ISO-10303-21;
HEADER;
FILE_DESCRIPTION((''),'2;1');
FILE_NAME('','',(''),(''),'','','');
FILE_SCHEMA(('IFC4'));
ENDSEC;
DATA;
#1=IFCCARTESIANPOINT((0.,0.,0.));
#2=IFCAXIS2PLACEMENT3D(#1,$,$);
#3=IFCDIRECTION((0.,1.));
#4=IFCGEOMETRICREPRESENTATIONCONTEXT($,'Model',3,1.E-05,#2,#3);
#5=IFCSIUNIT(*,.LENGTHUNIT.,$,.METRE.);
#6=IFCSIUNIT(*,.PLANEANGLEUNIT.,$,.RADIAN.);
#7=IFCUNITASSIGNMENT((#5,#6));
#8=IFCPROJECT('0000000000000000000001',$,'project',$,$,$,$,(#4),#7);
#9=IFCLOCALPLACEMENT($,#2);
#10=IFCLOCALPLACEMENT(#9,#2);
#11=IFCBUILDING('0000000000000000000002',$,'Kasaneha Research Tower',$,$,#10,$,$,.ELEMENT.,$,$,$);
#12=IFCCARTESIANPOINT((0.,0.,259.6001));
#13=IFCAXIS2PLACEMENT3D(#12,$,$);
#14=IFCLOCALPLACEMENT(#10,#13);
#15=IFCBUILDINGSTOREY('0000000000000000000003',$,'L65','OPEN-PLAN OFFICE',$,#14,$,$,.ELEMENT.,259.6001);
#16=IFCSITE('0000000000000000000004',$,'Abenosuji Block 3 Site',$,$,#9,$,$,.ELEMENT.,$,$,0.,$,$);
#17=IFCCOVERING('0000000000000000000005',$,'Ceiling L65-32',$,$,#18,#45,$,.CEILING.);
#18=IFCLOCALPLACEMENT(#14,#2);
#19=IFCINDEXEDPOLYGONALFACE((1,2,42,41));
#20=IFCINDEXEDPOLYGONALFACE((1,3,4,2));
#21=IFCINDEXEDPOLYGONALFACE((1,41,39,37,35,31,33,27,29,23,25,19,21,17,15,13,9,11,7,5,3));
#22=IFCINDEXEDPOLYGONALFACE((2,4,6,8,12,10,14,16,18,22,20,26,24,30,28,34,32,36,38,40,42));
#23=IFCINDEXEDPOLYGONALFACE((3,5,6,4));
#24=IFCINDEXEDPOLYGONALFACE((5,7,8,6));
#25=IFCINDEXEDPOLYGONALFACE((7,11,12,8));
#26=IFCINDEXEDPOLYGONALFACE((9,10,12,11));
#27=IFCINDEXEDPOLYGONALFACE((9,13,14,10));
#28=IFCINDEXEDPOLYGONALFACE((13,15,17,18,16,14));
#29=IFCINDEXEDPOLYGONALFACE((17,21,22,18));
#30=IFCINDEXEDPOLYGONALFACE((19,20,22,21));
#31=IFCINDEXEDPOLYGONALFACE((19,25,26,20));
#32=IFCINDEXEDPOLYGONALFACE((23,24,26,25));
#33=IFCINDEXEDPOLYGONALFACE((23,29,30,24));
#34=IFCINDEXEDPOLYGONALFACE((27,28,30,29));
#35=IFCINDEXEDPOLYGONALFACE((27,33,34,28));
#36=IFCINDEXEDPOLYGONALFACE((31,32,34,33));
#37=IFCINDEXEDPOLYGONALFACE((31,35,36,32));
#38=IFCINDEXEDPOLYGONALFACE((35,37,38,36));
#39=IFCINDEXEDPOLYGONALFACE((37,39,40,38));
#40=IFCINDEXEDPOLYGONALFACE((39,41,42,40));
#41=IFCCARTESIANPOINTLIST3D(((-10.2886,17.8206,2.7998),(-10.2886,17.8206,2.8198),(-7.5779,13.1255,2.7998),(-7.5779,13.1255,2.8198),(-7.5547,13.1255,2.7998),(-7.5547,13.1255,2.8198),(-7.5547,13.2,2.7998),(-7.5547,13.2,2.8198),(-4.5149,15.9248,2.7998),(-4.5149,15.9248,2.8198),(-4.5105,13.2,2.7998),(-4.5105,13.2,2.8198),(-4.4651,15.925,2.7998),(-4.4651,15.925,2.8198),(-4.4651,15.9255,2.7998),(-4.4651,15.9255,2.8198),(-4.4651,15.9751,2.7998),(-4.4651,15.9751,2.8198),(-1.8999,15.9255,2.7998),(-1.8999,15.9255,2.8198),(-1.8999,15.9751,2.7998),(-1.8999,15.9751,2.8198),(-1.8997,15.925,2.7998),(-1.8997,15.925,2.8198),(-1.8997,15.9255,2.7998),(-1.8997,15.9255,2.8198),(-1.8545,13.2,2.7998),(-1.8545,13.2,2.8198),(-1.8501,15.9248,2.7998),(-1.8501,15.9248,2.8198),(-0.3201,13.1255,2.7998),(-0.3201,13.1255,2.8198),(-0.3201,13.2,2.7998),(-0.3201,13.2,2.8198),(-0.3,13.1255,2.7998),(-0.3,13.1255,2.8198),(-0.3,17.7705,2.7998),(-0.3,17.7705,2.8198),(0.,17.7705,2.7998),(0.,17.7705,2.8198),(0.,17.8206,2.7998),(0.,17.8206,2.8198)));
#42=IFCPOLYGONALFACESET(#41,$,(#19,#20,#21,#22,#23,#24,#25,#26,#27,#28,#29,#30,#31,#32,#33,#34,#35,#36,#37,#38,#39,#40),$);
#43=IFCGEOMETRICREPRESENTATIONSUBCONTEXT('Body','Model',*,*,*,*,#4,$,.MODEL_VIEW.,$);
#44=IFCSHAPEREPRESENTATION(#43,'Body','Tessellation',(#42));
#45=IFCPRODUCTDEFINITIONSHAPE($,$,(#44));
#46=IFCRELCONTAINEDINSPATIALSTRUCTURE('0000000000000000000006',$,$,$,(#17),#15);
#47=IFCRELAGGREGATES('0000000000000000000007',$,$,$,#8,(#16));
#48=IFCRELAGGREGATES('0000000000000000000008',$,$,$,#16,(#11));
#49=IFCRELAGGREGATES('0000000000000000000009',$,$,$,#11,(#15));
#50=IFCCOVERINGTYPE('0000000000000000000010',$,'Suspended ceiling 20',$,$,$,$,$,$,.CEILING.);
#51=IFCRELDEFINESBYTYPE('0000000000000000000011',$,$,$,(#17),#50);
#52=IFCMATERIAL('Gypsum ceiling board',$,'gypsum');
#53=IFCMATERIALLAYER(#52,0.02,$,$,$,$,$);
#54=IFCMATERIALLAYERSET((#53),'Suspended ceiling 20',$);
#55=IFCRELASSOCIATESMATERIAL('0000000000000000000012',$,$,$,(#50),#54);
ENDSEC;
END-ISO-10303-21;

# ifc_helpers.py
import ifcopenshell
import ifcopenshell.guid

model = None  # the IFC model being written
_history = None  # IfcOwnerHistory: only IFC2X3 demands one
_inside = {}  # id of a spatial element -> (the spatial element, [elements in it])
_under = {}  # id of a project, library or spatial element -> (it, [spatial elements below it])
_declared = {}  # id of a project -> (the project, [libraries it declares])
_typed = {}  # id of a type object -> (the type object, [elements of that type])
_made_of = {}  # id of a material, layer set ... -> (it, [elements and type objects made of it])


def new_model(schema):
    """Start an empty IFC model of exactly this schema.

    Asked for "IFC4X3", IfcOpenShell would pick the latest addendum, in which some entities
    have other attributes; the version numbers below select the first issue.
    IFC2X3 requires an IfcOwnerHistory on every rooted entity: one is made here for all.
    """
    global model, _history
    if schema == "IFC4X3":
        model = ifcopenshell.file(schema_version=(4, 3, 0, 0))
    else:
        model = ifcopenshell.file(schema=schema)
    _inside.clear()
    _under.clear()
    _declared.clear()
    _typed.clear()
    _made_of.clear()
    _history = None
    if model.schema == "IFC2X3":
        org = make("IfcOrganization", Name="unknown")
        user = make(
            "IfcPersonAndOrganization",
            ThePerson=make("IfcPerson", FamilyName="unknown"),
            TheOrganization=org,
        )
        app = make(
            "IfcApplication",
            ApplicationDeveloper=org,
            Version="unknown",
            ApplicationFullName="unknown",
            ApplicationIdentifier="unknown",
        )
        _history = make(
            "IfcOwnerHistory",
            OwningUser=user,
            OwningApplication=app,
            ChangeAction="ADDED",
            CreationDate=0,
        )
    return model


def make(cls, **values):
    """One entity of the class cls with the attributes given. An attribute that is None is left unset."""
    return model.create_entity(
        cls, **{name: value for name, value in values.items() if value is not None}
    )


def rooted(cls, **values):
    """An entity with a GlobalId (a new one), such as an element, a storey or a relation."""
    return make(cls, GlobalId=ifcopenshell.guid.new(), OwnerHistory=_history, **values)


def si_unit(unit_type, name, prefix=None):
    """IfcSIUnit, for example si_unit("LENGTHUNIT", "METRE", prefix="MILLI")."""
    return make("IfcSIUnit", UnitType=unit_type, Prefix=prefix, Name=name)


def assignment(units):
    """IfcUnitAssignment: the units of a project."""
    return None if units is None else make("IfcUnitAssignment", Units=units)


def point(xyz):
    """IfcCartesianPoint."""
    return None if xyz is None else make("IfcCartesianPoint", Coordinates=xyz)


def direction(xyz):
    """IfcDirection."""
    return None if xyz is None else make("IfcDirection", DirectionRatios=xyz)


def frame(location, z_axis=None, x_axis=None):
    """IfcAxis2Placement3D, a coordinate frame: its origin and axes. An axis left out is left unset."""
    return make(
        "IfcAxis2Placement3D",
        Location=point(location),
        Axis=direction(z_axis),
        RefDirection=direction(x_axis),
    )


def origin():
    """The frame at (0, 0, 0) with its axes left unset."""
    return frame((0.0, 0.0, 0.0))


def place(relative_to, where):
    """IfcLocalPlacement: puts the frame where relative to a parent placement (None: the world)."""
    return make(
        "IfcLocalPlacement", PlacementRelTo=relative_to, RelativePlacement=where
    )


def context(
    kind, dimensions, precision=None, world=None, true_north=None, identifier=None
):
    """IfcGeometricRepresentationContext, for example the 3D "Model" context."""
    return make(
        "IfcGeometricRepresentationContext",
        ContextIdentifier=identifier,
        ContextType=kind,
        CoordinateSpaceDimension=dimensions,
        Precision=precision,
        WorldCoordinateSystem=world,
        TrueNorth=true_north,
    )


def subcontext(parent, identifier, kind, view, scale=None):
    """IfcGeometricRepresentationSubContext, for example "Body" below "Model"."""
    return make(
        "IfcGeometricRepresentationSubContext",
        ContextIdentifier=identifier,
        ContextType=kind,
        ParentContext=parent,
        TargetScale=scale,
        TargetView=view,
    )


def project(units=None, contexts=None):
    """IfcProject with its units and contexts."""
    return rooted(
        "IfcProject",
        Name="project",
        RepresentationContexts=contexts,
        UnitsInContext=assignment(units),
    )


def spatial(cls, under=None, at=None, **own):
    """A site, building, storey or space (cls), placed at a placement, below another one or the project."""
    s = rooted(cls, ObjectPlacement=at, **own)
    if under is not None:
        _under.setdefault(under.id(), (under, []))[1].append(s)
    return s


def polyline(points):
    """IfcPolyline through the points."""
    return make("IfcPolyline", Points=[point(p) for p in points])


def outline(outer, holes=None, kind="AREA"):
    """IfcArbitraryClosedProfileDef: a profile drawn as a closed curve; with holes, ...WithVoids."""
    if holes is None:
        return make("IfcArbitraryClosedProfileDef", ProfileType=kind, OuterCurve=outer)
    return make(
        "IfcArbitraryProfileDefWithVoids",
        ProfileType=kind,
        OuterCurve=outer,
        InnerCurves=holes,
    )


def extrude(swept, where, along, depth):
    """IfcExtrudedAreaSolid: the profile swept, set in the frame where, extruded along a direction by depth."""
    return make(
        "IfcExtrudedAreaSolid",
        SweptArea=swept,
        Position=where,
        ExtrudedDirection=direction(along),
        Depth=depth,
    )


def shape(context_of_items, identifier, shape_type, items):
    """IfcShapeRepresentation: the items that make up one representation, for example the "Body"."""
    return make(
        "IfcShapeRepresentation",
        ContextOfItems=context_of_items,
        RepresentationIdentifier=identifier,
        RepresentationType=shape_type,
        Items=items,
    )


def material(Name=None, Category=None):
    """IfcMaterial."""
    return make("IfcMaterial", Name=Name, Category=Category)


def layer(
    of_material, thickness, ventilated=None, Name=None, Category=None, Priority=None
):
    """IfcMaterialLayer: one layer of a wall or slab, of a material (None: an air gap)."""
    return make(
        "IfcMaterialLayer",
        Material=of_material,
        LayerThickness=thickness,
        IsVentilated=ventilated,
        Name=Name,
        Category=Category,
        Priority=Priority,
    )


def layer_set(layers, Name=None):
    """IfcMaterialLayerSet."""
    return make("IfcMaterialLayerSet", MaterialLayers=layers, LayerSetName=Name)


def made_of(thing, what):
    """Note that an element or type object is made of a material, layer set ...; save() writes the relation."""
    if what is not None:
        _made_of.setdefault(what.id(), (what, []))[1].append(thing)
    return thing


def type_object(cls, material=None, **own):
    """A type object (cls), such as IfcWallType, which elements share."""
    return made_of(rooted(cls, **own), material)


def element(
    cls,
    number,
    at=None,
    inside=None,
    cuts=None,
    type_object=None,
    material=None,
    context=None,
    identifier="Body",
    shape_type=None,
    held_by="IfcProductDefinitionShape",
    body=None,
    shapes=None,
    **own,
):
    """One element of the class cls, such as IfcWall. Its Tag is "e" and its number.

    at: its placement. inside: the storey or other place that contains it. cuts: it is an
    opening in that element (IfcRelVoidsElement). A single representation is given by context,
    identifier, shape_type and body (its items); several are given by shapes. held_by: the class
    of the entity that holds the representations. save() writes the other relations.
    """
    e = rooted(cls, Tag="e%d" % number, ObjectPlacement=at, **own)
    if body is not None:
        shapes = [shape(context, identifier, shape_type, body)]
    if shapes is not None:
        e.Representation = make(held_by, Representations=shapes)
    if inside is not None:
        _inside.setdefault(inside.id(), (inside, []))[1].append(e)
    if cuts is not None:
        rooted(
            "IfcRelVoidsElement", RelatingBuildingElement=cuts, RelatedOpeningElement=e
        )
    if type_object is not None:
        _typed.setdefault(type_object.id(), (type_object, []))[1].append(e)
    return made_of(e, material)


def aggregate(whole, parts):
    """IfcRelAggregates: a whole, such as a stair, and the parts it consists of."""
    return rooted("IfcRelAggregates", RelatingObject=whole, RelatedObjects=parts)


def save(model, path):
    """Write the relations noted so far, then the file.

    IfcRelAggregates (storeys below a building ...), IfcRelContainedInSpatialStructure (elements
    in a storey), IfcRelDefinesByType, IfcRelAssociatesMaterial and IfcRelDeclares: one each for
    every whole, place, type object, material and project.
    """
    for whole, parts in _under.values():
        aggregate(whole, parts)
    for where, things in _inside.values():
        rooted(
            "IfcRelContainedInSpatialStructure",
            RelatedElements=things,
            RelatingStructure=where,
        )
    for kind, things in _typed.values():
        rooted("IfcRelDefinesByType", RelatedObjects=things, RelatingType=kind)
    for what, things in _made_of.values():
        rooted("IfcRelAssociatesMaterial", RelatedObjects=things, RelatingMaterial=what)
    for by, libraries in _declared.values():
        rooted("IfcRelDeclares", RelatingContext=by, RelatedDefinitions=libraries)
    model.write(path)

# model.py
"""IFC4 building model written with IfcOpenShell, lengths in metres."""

from ifc_helpers import new_model, si_unit, direction, frame, origin, place, context, subcontext, project, spatial, polyline, outline, extrude, material, layer, layer_set, type_object, element, save


model = new_model("IFC4")

# Units and contexts
model_context = context("Model", 3, precision=1e-05, world=origin(), true_north=direction((0.0, 1.0)))
body_context = subcontext(model_context, "Body", "Model", "MODEL_VIEW")
ifc_project = project(units=[si_unit("LENGTHUNIT", "METRE"), si_unit("PLANEANGLEUNIT", "RADIAN")], contexts=[model_context])

# Site, building, storey
site_placement = place(None, origin())
site = spatial("IfcSite", under=ifc_project, at=site_placement, Name="Abenosuji Block 3 Site", CompositionType="ELEMENT", RefElevation=0.0)
building_placement = place(site_placement, origin())
building = spatial("IfcBuilding", under=site, at=building_placement, Name="Kasaneha Research Tower", CompositionType="ELEMENT")
storey_placement = place(building_placement, frame((0.0, 0.0, 259.6001)))
storey = spatial("IfcBuildingStorey", under=building, at=storey_placement, Name="L65", Description="OPEN-PLAN OFFICE", CompositionType="ELEMENT", Elevation=259.6001)

# Covering
ifc_material_1 = material(Name="Gypsum ceiling board", Category="gypsum")
ifc_layer_1 = layer(ifc_material_1, 0.02)
ifc_layer_set_1 = layer_set([ifc_layer_1], Name="Suspended ceiling 20")
covering_type_1 = type_object("IfcCoveringType", Name="Suspended ceiling 20", PredefinedType="CEILING", material=ifc_layer_set_1)
covering_1_placement = place(storey_placement, frame((0.0, 0.0, 2.7998)))
element("IfcCovering", 1, at=covering_1_placement, inside=storey, type_object=covering_type_1, Name="Ceiling L65-32", PredefinedType="CEILING", context=body_context, shape_type="SweptSolid", body=[
    extrude(outline(polyline([(-0.3201, 13.1255), (-0.3201, 13.2), (-1.8545, 13.2), (-1.8501, 15.9248), (-1.8997, 15.925), (-1.8997, 15.9255), (-1.8999, 15.9255), (-1.8999, 15.9751), (-4.4651, 15.9751), (-4.4651, 15.9255), (-4.4651, 15.925), (-4.5149, 15.9248), (-4.5105, 13.2), (-7.5547, 13.2), (-7.5547, 13.1255), (-7.5779, 13.1255), (-10.2886, 17.8206), (0.0, 17.8206), (0.0, 17.7705), (-0.3, 17.7705), (-0.3, 17.7705), (-0.3, 13.1255), (-0.3201, 13.1255)])), origin(), (0.0, 0.0, 1.0), 0.02),
])

save(model, "model.ifc")
